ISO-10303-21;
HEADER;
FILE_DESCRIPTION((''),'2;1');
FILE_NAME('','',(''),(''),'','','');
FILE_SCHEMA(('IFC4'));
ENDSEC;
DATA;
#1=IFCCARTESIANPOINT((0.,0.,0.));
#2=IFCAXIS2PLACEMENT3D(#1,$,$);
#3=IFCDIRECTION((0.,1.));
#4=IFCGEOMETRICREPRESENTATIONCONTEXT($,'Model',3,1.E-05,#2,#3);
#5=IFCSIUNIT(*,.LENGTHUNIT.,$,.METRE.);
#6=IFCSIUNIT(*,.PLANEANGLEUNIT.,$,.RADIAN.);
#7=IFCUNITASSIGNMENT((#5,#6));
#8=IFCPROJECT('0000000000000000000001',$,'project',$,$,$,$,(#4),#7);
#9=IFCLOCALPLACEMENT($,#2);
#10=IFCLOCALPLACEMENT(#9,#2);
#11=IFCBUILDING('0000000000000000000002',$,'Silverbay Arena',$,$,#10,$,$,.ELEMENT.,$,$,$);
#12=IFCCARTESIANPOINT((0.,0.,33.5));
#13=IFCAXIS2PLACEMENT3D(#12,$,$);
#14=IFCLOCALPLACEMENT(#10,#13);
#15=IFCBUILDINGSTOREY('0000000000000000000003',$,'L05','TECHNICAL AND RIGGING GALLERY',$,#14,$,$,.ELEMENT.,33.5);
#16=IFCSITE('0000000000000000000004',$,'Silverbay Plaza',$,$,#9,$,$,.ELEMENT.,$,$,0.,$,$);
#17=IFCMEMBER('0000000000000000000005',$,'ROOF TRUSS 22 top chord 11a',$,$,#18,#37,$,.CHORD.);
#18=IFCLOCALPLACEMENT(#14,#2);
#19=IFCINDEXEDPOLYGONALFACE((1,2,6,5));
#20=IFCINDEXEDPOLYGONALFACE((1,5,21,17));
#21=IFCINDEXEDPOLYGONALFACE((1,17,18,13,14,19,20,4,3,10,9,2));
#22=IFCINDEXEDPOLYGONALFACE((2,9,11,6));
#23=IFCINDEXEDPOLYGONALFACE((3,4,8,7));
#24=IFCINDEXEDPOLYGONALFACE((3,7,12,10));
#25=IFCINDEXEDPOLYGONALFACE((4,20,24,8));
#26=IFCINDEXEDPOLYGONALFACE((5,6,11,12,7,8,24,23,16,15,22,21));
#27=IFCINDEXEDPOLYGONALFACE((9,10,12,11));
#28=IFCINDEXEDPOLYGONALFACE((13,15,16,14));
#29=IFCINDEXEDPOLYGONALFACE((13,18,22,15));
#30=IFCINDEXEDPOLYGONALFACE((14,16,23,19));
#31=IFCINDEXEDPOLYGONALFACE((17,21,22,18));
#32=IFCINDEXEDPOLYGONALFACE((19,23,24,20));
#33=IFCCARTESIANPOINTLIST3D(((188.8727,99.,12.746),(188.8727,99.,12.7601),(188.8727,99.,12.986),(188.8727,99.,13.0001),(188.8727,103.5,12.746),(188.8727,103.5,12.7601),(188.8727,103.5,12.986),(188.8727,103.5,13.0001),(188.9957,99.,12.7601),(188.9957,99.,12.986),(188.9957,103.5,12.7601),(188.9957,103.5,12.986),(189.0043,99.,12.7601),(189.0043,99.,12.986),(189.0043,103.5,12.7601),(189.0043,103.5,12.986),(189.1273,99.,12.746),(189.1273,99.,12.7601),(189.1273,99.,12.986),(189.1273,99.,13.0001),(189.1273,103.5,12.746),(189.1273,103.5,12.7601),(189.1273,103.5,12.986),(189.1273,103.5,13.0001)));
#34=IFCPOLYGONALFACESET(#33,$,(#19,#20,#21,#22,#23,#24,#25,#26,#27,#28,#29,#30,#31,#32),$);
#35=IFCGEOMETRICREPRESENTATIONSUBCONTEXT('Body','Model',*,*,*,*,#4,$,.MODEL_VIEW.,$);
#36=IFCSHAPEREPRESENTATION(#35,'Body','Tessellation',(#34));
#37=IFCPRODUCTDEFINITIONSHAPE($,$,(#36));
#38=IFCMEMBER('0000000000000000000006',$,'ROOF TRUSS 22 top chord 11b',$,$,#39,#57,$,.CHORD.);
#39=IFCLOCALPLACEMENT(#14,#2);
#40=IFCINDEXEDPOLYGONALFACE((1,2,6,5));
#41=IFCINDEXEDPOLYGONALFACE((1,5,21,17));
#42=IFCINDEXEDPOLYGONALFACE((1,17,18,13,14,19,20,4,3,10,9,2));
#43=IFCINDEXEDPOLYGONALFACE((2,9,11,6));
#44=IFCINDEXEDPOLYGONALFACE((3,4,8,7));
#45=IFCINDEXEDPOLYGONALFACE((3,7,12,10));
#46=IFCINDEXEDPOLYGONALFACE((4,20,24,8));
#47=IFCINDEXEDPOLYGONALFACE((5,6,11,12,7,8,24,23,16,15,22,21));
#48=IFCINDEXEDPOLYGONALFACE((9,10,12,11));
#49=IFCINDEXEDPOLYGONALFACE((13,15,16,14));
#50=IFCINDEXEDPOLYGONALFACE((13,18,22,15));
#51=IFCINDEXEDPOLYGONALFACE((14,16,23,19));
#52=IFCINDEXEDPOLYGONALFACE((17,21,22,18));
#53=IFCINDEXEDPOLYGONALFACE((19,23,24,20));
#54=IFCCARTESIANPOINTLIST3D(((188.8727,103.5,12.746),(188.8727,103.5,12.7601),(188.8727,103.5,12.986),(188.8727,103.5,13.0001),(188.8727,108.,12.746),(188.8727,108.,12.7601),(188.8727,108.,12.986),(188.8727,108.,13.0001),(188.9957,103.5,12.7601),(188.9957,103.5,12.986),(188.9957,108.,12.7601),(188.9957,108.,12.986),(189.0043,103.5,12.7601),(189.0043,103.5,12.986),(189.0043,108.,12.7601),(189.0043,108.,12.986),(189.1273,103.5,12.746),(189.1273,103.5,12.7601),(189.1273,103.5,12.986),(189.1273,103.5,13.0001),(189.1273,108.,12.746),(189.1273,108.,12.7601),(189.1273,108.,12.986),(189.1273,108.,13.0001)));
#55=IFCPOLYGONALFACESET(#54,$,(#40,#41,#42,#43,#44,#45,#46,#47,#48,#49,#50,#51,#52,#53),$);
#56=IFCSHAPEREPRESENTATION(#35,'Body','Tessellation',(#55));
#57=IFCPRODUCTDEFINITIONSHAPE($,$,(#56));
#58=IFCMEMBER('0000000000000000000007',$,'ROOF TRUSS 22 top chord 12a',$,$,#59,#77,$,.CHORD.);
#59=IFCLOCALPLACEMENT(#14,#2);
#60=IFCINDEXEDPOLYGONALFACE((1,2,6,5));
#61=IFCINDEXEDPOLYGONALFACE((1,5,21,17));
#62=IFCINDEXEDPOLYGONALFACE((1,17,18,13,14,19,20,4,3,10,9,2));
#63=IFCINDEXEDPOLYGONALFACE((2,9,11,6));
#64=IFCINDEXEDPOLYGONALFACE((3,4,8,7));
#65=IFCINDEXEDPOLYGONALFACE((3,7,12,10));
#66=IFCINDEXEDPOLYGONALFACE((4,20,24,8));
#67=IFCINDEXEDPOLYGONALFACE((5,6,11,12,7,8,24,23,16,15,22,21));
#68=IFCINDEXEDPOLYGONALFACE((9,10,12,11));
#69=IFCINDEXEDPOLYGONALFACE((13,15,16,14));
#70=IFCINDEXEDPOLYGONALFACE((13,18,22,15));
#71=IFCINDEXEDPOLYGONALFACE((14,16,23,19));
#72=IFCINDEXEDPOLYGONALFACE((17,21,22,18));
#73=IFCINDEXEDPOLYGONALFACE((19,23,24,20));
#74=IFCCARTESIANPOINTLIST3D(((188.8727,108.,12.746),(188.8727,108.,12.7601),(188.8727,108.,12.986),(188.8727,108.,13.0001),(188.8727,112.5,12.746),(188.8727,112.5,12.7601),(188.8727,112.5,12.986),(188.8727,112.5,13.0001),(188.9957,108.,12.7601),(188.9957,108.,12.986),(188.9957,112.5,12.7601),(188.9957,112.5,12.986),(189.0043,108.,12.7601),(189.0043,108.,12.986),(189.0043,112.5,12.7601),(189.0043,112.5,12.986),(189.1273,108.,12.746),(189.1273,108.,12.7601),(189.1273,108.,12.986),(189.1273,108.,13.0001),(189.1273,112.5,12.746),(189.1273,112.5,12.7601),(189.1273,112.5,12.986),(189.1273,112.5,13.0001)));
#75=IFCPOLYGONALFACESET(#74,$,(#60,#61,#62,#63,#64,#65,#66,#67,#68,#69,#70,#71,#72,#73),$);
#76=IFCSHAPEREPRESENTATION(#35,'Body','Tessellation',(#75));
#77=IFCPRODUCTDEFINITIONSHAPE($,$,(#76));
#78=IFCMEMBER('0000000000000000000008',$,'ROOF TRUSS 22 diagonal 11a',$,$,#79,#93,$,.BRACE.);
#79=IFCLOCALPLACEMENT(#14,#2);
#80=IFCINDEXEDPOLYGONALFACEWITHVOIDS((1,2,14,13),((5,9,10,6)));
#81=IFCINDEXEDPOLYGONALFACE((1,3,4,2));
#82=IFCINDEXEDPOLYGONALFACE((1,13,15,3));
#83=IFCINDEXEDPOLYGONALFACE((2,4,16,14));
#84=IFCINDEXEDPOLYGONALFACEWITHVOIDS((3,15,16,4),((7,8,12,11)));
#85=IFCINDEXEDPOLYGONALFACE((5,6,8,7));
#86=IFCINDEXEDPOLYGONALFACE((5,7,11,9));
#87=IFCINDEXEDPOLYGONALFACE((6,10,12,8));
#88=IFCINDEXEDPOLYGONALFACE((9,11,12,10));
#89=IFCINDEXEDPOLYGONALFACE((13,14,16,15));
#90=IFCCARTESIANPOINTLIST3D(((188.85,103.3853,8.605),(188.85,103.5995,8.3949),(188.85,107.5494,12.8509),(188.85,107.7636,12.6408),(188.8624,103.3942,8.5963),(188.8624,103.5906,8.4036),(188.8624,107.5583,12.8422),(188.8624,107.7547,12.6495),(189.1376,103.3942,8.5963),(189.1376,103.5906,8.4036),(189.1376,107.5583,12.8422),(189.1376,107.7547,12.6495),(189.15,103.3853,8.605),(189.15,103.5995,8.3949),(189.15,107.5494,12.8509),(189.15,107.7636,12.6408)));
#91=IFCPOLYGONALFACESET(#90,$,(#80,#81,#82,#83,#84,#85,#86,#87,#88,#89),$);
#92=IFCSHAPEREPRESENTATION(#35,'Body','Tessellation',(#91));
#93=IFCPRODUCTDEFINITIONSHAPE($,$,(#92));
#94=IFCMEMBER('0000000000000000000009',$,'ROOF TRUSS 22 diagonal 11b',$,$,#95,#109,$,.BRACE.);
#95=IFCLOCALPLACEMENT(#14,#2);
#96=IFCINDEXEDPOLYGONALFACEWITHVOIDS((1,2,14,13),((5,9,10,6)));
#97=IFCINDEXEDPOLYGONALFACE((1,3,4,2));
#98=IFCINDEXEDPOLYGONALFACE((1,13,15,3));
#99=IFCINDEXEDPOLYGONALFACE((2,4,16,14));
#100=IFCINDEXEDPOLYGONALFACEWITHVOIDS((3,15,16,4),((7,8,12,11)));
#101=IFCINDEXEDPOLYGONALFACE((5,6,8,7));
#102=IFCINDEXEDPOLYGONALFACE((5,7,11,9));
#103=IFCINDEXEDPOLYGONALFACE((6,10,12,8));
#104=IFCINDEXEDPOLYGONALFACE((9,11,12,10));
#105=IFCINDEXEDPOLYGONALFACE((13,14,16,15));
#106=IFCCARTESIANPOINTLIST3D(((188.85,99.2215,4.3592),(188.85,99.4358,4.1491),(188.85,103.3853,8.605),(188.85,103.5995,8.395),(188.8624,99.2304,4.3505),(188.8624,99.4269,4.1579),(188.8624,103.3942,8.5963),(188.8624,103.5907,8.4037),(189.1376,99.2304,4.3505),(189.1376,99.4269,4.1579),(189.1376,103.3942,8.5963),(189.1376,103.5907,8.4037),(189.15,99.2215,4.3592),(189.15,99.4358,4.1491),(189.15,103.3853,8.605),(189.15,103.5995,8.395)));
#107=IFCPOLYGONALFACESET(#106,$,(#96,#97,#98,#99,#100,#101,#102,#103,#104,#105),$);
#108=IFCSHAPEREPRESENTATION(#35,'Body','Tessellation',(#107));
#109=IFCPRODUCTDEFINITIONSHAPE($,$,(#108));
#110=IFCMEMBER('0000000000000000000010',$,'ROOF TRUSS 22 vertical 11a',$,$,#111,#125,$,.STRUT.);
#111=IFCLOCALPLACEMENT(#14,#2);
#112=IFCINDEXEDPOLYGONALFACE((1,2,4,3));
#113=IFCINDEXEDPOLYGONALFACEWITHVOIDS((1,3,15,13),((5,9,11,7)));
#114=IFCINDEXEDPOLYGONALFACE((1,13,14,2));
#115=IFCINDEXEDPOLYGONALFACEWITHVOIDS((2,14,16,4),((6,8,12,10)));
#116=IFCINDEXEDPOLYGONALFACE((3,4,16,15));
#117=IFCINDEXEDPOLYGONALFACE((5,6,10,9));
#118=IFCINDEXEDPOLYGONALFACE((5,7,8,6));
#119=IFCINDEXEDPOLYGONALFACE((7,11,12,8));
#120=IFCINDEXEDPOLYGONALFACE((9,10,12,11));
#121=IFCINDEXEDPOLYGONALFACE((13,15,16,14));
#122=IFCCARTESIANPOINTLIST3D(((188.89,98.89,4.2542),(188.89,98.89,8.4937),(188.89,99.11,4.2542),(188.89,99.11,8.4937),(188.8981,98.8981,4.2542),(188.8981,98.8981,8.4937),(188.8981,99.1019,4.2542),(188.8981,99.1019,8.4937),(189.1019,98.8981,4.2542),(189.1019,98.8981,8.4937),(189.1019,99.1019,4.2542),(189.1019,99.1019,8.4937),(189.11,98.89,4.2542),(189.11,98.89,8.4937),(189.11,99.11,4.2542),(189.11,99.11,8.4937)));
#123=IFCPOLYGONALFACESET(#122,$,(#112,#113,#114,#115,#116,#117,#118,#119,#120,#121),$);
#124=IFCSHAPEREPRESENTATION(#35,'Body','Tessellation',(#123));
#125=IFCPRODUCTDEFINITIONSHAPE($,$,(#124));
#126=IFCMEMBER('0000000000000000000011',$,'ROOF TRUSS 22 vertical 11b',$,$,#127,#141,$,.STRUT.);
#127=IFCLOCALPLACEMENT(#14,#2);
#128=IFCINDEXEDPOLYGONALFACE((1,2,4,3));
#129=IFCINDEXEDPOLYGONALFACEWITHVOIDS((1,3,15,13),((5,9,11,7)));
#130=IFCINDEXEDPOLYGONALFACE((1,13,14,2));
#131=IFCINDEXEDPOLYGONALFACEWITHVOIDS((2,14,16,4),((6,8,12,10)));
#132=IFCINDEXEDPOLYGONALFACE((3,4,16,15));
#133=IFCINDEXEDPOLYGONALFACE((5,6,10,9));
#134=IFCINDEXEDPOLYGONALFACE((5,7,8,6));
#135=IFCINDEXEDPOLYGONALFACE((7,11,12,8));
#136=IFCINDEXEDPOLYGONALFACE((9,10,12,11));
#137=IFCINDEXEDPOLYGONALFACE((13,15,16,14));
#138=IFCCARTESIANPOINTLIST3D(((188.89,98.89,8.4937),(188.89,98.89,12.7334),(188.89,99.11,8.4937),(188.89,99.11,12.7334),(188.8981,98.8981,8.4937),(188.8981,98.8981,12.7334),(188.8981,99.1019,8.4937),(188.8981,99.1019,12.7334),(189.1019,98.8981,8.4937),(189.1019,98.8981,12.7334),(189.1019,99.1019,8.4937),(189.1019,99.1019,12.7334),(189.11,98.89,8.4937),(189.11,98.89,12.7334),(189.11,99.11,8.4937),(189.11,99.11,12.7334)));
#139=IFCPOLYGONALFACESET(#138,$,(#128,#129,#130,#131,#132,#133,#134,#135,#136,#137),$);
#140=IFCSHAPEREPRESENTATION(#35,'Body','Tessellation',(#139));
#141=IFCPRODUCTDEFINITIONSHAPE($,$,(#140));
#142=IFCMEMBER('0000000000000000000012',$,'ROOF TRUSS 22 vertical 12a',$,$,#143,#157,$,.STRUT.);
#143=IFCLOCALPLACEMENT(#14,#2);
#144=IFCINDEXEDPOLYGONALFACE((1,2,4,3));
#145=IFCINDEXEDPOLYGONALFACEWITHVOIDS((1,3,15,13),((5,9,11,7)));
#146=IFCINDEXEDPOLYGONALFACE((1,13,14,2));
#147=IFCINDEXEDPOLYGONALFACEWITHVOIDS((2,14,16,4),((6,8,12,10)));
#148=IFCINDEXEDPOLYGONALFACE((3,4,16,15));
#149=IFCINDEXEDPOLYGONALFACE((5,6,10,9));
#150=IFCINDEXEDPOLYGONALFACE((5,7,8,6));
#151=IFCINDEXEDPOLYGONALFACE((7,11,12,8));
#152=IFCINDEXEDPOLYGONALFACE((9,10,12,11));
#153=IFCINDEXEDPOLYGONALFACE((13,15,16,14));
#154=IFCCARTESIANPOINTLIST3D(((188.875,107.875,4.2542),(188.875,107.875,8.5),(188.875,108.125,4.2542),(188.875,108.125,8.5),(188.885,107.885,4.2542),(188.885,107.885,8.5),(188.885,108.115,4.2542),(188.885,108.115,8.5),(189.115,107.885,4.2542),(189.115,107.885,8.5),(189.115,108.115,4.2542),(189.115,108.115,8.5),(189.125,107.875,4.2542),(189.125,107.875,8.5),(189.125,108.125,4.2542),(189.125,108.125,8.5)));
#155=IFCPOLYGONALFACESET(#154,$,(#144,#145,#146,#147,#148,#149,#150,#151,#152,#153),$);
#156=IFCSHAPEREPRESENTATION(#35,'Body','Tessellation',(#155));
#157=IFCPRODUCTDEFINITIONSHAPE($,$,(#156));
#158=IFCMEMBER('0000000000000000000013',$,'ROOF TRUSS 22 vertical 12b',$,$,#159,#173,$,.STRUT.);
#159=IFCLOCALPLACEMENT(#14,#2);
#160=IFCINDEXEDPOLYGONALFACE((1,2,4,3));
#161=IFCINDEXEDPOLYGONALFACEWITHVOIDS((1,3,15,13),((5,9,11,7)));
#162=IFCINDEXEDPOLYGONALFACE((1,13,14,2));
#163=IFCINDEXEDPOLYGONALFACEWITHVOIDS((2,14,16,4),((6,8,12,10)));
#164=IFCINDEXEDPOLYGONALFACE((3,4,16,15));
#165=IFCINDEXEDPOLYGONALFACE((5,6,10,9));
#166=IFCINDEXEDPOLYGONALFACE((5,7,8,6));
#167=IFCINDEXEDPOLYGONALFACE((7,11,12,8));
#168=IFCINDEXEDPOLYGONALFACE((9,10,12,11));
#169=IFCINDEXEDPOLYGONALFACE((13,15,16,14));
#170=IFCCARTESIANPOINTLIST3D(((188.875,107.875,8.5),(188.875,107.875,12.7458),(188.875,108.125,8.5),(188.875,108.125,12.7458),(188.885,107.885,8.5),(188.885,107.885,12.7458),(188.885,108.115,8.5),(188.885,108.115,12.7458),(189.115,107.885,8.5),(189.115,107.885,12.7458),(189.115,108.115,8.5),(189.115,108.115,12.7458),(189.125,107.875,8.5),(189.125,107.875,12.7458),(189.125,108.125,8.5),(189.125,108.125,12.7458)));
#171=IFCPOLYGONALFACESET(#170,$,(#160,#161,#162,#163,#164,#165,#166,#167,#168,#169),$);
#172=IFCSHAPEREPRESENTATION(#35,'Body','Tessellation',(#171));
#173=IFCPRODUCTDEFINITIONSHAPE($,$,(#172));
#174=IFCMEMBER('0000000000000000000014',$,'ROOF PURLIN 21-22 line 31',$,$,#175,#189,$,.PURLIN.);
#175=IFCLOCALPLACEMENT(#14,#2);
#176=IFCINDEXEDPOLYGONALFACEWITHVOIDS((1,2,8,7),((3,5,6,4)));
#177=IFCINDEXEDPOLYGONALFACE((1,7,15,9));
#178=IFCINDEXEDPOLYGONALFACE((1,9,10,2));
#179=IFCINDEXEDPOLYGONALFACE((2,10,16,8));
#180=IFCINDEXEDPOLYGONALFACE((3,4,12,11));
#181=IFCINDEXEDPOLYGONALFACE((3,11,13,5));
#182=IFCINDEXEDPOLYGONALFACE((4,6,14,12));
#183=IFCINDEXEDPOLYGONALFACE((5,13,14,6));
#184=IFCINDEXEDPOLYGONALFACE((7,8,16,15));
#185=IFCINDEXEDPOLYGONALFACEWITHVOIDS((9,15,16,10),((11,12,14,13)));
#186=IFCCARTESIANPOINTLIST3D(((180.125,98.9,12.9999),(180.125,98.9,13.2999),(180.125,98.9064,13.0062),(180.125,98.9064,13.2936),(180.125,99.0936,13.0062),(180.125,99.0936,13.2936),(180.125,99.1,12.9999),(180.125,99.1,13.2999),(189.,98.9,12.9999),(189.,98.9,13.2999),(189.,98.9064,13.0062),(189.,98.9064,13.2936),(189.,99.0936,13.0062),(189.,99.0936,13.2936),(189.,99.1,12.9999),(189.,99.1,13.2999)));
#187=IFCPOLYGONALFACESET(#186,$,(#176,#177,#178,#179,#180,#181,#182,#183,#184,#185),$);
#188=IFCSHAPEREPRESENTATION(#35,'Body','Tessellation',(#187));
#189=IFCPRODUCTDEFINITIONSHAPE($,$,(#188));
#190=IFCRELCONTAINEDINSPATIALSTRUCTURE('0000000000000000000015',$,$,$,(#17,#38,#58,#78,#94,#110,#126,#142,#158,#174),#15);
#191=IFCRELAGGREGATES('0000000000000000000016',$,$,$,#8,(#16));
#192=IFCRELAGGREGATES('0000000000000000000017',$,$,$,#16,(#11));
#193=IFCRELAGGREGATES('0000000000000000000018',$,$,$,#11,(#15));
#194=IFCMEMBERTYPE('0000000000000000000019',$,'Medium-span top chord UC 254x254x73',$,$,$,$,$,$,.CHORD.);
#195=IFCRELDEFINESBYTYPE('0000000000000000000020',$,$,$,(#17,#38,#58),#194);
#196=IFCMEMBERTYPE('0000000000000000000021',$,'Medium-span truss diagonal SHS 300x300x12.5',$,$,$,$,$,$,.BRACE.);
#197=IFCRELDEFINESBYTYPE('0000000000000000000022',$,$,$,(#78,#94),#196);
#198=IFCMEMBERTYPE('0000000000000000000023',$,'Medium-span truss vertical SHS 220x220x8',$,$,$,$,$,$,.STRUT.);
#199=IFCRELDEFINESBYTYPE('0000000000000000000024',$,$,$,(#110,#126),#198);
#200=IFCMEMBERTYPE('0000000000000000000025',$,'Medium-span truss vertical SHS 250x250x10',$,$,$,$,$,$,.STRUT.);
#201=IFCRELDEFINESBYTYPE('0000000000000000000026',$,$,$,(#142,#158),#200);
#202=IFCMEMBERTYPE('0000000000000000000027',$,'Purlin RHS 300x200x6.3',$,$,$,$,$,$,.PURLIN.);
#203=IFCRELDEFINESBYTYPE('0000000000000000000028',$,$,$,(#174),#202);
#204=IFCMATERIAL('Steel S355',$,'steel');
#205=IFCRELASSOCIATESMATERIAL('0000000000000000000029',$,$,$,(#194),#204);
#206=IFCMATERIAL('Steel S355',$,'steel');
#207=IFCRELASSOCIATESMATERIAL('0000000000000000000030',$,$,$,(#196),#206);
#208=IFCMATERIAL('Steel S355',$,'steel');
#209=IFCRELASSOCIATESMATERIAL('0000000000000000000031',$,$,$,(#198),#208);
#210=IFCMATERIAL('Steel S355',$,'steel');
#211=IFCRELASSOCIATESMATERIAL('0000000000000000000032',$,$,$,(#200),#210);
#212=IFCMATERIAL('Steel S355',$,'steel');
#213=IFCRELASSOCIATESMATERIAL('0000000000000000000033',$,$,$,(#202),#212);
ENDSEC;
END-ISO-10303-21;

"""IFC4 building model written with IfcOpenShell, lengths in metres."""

from ifc_helpers import new_model, si_unit, direction, frame, origin, origin_2d, place, context, subcontext, project, spatial, hollow_rectangle, i_section, extrude, material, material_profile, profile_set, type_object, element, save


model = new_model("IFC4")

# Units and contexts
model_context = context("Model", 3, precision=1e-05, world=origin(), true_north=direction((0.0, 1.0)))
body_context = subcontext(model_context, "Body", "Model", "MODEL_VIEW")
ifc_project = project(units=[si_unit("LENGTHUNIT", "METRE"), si_unit("PLANEANGLEUNIT", "RADIAN")], contexts=[model_context])

# Site, building, storey
site_placement = place(None, origin())
site = spatial("IfcSite", under=ifc_project, at=site_placement, Name="Silverbay Plaza", CompositionType="ELEMENT", RefElevation=0.0)
building_placement = place(site_placement, origin())
building = spatial("IfcBuilding", under=site, at=building_placement, Name="Silverbay Arena", CompositionType="ELEMENT")
storey_placement = place(building_placement, frame((0.0, 0.0, 33.5)))
storey = spatial("IfcBuildingStorey", under=building, at=storey_placement, Name="L05", Description="TECHNICAL AND RIGGING GALLERY", CompositionType="ELEMENT", Elevation=33.5)

# Members
ifc_material_1 = material(Name="Steel S355", Category="steel")
ifc_material_profile_1 = material_profile(ifc_material_1, i_section(OverallWidth=0.2546, OverallDepth=0.2542, WebThickness=0.0085, FlangeThickness=0.0142, at=origin_2d()), Name="UC 254x254x73")
ifc_profile_set_1 = profile_set([ifc_material_profile_1], Name="Steel S355")
member_type_1 = type_object("IfcMemberType", Name="Medium-span top chord UC 254x254x73", PredefinedType="CHORD", material=ifc_profile_set_1)
for number, where, z_axis, x_axis, name in (
    (1, (189.0, 99.0, 12.873), (0.0, 1.0, 0.0), (-1.0, 0.0, 0.0), "ROOF TRUSS 22 top chord 11a"),
    (2, (189.0, 103.5, 12.873), (0.0, 1.0, 0.0), (-1.0, 0.0, 0.0), "ROOF TRUSS 22 top chord 11b"),
    (3, (189.0, 108.0, 12.873), (0.0, 1.0, 0.0), (-1.0, 0.0, 0.0), "ROOF TRUSS 22 top chord 12a"),
):
    element("IfcMember", number, at=place(storey_placement, frame(where, z_axis=z_axis, x_axis=x_axis)), inside=storey, type_object=member_type_1, Name=name, PredefinedType="CHORD", context=body_context, shape_type="SweptSolid", body=[
        extrude(i_section(OverallWidth=0.2546, OverallDepth=0.2542, WebThickness=0.0085, FlangeThickness=0.0142, at=origin_2d()), origin(), (0.0, 0.0, 1.0), 4.5),
    ])
ifc_material_2 = material(Name="Steel S355", Category="steel")
ifc_material_profile_2 = material_profile(ifc_material_2, hollow_rectangle(XDim=0.3, YDim=0.3, WallThickness=0.0125, at=origin_2d()), Name="SHS 300x300x12.5")
ifc_profile_set_2 = profile_set([ifc_material_profile_2], Name="Steel S355")
member_type_2 = type_object("IfcMemberType", Name="Medium-span truss diagonal SHS 300x300x12.5", PredefinedType="BRACE", material=ifc_profile_set_2)
member_1_placement = place(storey_placement, frame((189.0, 107.6565, 12.7458), z_axis=(0.0, -0.700197, -0.71395), x_axis=(1.0, 0.0, 0.0)))
element("IfcMember", 4, at=member_1_placement, inside=storey, type_object=member_type_2, Name="ROOF TRUSS 22 diagonal 11a", PredefinedType="BRACE", context=body_context, shape_type="SweptSolid", body=[
    extrude(hollow_rectangle(XDim=0.3, YDim=0.3, WallThickness=0.0125, at=origin_2d()), origin(), (0.0, 0.0, 1.0), 5.947),
])
member_2_placement = place(storey_placement, frame((189.0, 103.4924, 8.5), z_axis=(0.0, -0.700176, -0.71397), x_axis=(1.0, 0.0, 0.0)))
element("IfcMember", 5, at=member_2_placement, inside=storey, type_object=member_type_2, Name="ROOF TRUSS 22 diagonal 11b", PredefinedType="BRACE", context=body_context, shape_type="SweptSolid", body=[
    extrude(hollow_rectangle(XDim=0.3, YDim=0.3, WallThickness=0.0125, at=origin_2d()), origin(), (0.0, 0.0, 1.0), 5.9468),
])
ifc_material_3 = material(Name="Steel S355", Category="steel")
ifc_material_profile_3 = material_profile(ifc_material_3, hollow_rectangle(XDim=0.22, YDim=0.22, WallThickness=0.0081, at=origin_2d()), Name="SHS 220x220x8")
ifc_profile_set_3 = profile_set([ifc_material_profile_3], Name="Steel S355")
member_type_3 = type_object("IfcMemberType", Name="Medium-span truss vertical SHS 220x220x8", PredefinedType="STRUT", material=ifc_profile_set_3)
member_3_placement = place(storey_placement, frame((189.0, 99.0, 4.2542), z_axis=(0.0, 0.0, 1.0), x_axis=(1.0, 0.0, 0.0)))
element("IfcMember", 6, at=member_3_placement, inside=storey, type_object=member_type_3, Name="ROOF TRUSS 22 vertical 11a", PredefinedType="STRUT", context=body_context, shape_type="SweptSolid", body=[
    extrude(hollow_rectangle(XDim=0.22, YDim=0.22, WallThickness=0.0081, at=origin_2d()), origin(), (0.0, 0.0, 1.0), 4.2395),
])
member_4_placement = place(storey_placement, frame((189.0, 99.0, 8.4937), z_axis=(0.0, 0.0, 1.0), x_axis=(1.0, 0.0, 0.0)))
element("IfcMember", 7, at=member_4_placement, inside=storey, type_object=member_type_3, Name="ROOF TRUSS 22 vertical 11b", PredefinedType="STRUT", context=body_context, shape_type="SweptSolid", body=[
    extrude(hollow_rectangle(XDim=0.22, YDim=0.22, WallThickness=0.0081, at=origin_2d()), origin(), (0.0, 0.0, 1.0), 4.2397),
])
ifc_material_4 = material(Name="Steel S355", Category="steel")
ifc_material_profile_4 = material_profile(ifc_material_4, hollow_rectangle(XDim=0.25, YDim=0.25, WallThickness=0.01, at=origin_2d()), Name="SHS 250x250x10")
ifc_profile_set_4 = profile_set([ifc_material_profile_4], Name="Steel S355")
member_type_4 = type_object("IfcMemberType", Name="Medium-span truss vertical SHS 250x250x10", PredefinedType="STRUT", material=ifc_profile_set_4)
for number, where, z_axis, x_axis, name in (
    (8, (189.0, 108.0, 4.2542), (0.0, 0.0, 1.0), (1.0, 0.0, 0.0), "ROOF TRUSS 22 vertical 12a"),
    (9, (189.0, 108.0, 8.5), (0.0, 0.0, 1.0), (1.0, 0.0, 0.0), "ROOF TRUSS 22 vertical 12b"),
):
    element("IfcMember", number, at=place(storey_placement, frame(where, z_axis=z_axis, x_axis=x_axis)), inside=storey, type_object=member_type_4, Name=name, PredefinedType="STRUT", context=body_context, shape_type="SweptSolid", body=[
        extrude(hollow_rectangle(XDim=0.25, YDim=0.25, WallThickness=0.01, at=origin_2d()), origin(), (0.0, 0.0, 1.0), 4.2458),
    ])
ifc_material_5 = material(Name="Steel S355", Category="steel")
ifc_material_profile_5 = material_profile(ifc_material_5, hollow_rectangle(XDim=0.2, YDim=0.3, WallThickness=0.0063, at=origin_2d()), Name="RHS 300x200x6.3")
ifc_profile_set_5 = profile_set([ifc_material_profile_5], Name="Steel S355")
member_type_5 = type_object("IfcMemberType", Name="Purlin RHS 300x200x6.3", PredefinedType="PURLIN", material=ifc_profile_set_5)
member_5_placement = place(storey_placement, frame((180.125, 99.0, 13.1499), z_axis=(1.0, 0.0, 0.0), x_axis=(0.0, 1.0, 0.0)))
element("IfcMember", 10, at=member_5_placement, inside=storey, type_object=member_type_5, Name="ROOF PURLIN 21-22 line 31", PredefinedType="PURLIN", context=body_context, shape_type="SweptSolid", body=[
    extrude(hollow_rectangle(XDim=0.2, YDim=0.3, WallThickness=0.0063, at=origin_2d()), origin(), (0.0, 0.0, 1.0), 8.875),
])

save(model, "model.ifc")
